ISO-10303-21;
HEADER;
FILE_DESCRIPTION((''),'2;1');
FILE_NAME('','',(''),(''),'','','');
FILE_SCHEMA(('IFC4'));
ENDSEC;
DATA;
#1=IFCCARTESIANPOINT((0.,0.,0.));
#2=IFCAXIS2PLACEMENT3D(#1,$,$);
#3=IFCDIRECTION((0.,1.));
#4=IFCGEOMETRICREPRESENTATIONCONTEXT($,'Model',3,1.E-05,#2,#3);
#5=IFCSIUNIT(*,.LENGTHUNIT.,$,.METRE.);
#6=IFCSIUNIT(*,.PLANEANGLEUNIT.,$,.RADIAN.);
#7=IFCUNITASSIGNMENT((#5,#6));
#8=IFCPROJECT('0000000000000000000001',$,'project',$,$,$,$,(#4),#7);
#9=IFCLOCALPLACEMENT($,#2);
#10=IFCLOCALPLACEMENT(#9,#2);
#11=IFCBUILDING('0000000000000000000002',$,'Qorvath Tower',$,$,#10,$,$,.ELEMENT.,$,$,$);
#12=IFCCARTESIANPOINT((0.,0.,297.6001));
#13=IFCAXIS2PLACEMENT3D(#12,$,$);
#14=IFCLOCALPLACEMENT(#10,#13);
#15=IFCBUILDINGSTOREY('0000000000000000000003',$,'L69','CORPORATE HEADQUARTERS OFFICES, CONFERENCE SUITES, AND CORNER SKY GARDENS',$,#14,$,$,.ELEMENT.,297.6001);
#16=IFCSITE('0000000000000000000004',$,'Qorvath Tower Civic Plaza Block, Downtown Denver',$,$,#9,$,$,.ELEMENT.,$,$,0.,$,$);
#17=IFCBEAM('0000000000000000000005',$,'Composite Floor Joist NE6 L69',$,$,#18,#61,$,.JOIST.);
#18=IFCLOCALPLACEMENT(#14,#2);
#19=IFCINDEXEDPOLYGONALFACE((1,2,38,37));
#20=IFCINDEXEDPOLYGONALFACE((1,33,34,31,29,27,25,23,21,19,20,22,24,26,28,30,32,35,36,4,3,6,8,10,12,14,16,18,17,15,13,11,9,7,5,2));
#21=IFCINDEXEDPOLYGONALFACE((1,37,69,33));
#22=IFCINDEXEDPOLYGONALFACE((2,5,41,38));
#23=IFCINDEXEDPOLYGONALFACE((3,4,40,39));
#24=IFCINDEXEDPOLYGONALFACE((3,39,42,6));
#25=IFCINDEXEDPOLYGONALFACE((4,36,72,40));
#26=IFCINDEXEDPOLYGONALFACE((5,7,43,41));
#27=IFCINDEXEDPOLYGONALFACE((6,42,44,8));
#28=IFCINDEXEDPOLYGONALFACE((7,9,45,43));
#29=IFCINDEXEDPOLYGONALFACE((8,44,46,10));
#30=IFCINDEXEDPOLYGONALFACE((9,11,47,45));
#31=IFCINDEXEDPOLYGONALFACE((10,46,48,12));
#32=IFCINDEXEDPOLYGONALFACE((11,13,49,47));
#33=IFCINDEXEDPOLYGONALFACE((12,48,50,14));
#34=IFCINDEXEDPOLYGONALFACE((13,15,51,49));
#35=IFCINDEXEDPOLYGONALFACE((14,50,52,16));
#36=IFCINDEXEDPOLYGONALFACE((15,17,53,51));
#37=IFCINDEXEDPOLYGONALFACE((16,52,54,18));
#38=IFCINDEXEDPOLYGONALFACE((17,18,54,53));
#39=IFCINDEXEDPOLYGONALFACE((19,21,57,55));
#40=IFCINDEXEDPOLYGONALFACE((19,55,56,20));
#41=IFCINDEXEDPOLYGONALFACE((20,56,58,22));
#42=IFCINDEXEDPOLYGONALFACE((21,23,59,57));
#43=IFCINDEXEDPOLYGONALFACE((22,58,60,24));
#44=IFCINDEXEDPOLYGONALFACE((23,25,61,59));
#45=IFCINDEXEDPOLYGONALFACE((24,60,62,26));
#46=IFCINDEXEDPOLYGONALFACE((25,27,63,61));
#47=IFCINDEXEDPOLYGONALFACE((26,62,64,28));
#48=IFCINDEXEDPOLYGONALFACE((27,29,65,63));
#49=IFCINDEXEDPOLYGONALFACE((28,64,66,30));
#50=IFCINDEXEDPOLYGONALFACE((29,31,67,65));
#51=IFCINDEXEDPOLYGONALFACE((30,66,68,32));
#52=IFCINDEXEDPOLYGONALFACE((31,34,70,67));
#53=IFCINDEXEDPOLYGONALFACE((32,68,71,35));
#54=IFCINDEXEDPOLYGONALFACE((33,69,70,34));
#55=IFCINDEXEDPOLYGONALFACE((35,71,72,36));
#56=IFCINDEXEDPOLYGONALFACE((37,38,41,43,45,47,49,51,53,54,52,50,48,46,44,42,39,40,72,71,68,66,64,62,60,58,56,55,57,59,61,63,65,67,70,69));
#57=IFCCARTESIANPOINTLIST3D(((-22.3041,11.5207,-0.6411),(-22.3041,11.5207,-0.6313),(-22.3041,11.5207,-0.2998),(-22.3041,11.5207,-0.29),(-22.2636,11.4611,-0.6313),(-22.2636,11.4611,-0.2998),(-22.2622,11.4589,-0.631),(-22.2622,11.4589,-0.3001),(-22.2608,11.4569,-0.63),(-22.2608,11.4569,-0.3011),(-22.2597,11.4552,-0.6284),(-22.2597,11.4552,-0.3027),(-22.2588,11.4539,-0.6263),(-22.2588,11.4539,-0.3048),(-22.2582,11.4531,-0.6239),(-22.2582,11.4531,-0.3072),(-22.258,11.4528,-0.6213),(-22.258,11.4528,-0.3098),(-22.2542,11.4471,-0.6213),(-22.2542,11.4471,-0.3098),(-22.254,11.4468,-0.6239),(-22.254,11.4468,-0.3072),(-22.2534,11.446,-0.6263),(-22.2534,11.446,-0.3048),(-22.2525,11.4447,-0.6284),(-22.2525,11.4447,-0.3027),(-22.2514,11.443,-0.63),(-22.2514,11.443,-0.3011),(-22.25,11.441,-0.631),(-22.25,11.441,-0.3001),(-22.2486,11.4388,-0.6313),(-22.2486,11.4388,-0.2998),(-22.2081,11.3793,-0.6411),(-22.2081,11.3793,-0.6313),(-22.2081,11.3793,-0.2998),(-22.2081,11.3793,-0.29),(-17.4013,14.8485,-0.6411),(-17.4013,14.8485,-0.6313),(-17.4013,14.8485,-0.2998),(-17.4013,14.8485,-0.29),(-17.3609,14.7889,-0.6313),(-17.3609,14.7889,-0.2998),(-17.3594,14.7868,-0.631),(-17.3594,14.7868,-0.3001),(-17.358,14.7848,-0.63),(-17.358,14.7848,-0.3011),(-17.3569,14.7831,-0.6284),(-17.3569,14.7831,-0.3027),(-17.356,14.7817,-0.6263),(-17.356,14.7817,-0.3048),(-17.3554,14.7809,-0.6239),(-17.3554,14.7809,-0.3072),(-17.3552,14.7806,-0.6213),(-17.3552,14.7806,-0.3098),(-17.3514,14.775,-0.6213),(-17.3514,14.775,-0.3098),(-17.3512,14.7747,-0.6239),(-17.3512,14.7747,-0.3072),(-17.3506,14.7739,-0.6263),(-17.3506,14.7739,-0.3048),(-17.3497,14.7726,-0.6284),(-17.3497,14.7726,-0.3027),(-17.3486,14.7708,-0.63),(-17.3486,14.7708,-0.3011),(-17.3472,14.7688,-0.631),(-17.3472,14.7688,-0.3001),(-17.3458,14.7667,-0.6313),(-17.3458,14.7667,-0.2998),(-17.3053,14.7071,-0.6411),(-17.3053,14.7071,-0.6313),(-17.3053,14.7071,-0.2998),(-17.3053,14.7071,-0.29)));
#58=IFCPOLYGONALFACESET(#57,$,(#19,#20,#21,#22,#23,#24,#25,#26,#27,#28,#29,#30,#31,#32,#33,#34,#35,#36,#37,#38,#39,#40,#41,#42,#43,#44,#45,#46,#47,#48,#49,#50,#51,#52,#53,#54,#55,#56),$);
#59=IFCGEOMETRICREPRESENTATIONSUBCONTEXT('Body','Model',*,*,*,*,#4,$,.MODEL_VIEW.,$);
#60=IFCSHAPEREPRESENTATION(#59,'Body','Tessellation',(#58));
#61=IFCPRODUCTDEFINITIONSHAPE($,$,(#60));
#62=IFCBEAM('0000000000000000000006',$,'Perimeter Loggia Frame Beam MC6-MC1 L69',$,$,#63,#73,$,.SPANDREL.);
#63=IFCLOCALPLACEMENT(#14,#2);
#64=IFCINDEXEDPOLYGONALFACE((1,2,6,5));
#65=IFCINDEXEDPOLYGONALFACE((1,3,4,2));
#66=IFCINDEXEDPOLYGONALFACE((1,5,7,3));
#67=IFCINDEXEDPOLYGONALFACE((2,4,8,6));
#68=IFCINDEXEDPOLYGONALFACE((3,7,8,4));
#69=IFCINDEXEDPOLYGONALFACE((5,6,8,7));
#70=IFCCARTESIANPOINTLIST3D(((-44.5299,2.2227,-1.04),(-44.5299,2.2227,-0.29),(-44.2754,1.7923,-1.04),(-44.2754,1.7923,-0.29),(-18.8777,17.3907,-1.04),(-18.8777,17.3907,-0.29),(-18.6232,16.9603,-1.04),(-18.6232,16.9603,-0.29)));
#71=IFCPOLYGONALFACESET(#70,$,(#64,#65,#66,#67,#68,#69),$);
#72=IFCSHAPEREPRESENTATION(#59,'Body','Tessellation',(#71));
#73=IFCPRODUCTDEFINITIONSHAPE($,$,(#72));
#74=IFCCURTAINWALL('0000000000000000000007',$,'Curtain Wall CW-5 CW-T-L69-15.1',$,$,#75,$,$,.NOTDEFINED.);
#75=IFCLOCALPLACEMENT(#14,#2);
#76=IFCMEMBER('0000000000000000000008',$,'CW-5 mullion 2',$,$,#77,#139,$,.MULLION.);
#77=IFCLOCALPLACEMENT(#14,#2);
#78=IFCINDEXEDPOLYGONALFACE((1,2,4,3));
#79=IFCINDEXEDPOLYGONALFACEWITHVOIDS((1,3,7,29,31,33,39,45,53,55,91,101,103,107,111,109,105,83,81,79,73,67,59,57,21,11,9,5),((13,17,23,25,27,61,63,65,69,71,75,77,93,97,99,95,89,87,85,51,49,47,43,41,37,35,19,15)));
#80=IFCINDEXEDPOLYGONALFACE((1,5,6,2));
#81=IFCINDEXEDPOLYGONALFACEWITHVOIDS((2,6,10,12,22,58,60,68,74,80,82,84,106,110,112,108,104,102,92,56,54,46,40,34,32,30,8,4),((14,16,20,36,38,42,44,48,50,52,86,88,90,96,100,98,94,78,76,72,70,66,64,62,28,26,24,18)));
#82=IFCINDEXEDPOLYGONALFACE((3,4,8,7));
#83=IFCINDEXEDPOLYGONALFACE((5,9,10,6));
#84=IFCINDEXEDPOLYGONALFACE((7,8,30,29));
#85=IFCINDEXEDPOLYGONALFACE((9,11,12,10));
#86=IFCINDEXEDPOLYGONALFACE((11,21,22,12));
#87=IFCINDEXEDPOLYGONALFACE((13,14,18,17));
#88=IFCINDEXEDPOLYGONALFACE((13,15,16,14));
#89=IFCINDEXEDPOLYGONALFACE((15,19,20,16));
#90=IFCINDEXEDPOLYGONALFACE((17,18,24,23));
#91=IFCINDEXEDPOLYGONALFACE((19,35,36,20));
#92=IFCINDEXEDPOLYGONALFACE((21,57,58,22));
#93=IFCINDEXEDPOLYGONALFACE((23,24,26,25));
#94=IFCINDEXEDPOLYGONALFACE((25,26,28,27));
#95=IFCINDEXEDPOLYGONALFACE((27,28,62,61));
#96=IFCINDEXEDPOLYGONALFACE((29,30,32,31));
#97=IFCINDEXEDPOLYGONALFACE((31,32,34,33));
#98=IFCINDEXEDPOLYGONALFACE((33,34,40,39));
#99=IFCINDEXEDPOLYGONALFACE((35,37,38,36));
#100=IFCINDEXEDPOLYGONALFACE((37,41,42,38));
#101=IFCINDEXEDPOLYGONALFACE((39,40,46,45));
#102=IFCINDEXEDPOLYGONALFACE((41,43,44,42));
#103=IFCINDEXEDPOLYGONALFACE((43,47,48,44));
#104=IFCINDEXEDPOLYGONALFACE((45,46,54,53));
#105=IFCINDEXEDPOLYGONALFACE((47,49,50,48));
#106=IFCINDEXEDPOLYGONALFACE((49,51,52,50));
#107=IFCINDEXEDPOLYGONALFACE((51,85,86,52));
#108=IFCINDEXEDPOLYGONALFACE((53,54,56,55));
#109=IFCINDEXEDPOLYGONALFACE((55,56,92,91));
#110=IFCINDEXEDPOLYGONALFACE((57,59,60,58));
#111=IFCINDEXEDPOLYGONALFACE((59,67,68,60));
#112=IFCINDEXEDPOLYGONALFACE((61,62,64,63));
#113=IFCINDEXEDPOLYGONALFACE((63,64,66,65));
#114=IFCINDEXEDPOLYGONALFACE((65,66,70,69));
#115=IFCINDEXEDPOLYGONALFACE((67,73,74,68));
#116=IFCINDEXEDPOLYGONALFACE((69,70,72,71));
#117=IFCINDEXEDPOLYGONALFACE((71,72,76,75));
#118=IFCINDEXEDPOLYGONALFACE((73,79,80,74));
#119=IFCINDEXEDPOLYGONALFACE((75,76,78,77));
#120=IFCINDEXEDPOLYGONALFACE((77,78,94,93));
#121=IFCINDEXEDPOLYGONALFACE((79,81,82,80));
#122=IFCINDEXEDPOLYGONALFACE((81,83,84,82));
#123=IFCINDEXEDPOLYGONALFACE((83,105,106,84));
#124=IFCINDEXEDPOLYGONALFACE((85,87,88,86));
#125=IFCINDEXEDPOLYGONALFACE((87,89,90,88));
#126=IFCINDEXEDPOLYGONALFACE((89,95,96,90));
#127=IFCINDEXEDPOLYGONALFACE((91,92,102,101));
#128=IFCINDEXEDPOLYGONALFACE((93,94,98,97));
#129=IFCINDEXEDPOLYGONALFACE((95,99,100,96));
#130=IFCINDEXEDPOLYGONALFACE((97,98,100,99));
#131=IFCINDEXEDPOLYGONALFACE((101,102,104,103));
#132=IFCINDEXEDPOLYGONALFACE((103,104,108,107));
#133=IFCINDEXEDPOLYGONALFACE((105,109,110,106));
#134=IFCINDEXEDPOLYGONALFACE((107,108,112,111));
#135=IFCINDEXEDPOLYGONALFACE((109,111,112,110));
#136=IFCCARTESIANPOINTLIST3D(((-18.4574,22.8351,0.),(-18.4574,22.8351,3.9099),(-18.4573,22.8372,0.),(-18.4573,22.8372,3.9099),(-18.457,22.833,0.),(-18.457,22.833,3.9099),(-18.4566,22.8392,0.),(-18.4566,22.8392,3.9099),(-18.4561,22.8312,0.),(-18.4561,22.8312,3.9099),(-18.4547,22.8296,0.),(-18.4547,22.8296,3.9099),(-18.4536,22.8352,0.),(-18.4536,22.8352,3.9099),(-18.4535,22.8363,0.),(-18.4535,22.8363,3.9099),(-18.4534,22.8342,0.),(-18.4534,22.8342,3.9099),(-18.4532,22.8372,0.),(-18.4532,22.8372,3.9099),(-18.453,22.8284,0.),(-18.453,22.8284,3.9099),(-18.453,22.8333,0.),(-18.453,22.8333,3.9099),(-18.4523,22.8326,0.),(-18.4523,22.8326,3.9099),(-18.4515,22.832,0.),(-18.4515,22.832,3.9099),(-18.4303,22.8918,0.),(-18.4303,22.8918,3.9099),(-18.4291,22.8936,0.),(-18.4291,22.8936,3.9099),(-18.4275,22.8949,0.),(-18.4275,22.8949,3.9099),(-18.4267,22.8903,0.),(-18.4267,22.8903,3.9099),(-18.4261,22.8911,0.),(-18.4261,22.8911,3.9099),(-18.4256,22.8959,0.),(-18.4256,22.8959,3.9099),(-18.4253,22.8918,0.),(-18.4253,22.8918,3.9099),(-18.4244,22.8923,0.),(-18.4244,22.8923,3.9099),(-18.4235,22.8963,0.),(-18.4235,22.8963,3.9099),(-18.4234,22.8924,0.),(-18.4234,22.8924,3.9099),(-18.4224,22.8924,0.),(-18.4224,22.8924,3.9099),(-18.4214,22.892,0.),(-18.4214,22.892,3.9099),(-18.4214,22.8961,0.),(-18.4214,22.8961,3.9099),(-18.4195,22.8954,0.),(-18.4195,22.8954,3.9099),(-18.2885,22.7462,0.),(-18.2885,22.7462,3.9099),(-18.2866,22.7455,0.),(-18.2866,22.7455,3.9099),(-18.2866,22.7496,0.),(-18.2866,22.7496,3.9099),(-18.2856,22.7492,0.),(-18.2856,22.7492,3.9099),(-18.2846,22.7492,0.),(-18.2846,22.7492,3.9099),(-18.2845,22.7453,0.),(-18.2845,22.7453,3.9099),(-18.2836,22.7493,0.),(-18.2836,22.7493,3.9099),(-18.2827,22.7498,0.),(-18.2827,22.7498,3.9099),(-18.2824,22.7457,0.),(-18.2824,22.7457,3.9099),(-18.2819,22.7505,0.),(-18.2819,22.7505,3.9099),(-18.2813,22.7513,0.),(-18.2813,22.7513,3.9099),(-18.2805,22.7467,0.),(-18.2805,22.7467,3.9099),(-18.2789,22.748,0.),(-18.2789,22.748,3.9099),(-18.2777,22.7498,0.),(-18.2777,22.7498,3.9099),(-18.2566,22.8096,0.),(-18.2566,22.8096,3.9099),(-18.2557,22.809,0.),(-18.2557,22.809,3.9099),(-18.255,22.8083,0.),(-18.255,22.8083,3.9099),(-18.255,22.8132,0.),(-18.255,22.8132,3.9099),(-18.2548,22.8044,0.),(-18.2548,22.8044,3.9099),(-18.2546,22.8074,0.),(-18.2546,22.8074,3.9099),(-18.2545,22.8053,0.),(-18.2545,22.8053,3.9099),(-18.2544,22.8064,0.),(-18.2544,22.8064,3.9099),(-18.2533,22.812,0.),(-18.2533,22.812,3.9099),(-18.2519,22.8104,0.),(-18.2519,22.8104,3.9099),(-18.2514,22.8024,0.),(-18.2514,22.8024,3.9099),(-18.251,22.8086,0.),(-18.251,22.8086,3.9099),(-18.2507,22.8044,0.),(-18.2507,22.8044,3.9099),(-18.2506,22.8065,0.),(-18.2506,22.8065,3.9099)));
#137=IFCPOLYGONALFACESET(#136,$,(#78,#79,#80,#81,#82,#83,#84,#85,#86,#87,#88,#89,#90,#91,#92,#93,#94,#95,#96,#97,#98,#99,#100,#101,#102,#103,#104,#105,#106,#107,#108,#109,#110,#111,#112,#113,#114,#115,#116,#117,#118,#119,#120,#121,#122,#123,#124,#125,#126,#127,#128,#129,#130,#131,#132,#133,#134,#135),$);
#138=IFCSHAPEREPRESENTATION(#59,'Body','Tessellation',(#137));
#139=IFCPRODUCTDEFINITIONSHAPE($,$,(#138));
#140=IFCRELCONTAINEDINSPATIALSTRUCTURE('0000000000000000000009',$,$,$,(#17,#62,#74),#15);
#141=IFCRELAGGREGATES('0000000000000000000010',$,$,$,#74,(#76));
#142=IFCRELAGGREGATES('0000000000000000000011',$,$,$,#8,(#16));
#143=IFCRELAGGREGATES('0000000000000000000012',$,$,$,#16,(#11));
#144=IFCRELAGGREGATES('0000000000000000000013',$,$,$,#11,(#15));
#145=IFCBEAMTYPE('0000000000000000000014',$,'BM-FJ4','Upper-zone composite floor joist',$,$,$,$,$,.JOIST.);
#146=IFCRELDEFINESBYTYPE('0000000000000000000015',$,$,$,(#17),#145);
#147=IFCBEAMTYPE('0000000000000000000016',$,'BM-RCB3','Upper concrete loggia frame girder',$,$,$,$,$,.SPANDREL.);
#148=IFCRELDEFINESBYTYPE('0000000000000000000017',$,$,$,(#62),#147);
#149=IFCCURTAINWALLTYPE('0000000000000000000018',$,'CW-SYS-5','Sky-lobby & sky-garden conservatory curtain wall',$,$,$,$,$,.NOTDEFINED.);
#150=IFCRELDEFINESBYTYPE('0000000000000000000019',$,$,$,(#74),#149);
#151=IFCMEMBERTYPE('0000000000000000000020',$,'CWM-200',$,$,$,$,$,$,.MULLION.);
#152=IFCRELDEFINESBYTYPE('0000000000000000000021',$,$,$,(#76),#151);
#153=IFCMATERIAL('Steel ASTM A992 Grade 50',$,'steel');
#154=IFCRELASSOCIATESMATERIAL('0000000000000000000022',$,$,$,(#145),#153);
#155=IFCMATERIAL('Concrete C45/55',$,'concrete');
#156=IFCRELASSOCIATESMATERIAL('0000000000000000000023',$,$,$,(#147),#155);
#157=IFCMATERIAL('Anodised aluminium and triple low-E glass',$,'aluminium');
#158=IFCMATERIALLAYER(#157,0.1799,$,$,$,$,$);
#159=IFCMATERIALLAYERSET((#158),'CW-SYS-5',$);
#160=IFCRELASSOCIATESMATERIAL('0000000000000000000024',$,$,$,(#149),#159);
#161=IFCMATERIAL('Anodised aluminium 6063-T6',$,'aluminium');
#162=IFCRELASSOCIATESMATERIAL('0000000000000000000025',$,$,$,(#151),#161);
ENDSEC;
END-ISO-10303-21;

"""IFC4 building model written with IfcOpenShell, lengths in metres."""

from ifc_helpers import new_model, si_unit, direction, frame, origin, origin_2d, place, context, subcontext, project, spatial, rectangle, hollow_rectangle, i_section, extrude, material, layer, layer_set, material_profile, profile_set, type_object, element, aggregate, save


model = new_model("IFC4")

# Units and contexts
model_context = context("Model", 3, precision=1e-05, world=origin(), true_north=direction((0.0, 1.0)))
body_context = subcontext(model_context, "Body", "Model", "MODEL_VIEW")
ifc_project = project(units=[si_unit("LENGTHUNIT", "METRE"), si_unit("PLANEANGLEUNIT", "RADIAN")], contexts=[model_context])

# Site, building, storey
site_placement = place(None, origin())
site = spatial("IfcSite", under=ifc_project, at=site_placement, Name="Qorvath Tower Civic Plaza Block, Downtown Denver", CompositionType="ELEMENT", RefElevation=0.0)
building_placement = place(site_placement, origin())
building = spatial("IfcBuilding", under=site, at=building_placement, Name="Qorvath Tower", CompositionType="ELEMENT")
storey_placement = place(building_placement, frame((0.0, 0.0, 297.6001)))
storey = spatial("IfcBuildingStorey", under=building, at=storey_placement, Name="L69", Description="CORPORATE HEADQUARTERS OFFICES, CONFERENCE SUITES, AND CORNER SKY GARDENS", CompositionType="ELEMENT", Elevation=297.6001)

# Beams
ifc_material_1 = material(Name="Steel ASTM A992 Grade 50", Category="steel")
ifc_material_profile_1 = material_profile(ifc_material_1, i_section(OverallWidth=0.1709, OverallDepth=0.3511, WebThickness=0.0068, FlangeThickness=0.0098, FilletRadius=0.01, at=origin_2d()), Name="W14x30")
ifc_profile_set_1 = profile_set([ifc_material_profile_1], Name="Steel ASTM A992 Grade 50")
beam_type_1 = type_object("IfcBeamType", Name="BM-FJ4", Description="Upper-zone composite floor joist", PredefinedType="JOIST", material=ifc_profile_set_1)
beam_1_placement = place(storey_placement, frame((-22.2561, 11.45, -0.4656), z_axis=(0.827401, 0.561612, 0.0), x_axis=(-0.561612, 0.827401, 0.0)))
element("IfcBeam", 1, at=beam_1_placement, inside=storey, type_object=beam_type_1, Name="Composite Floor Joist NE6 L69", PredefinedType="JOIST", context=body_context, shape_type="SweptSolid", body=[
    extrude(i_section(OverallWidth=0.1709, OverallDepth=0.3511, WebThickness=0.0068, FlangeThickness=0.0098, FilletRadius=0.01, at=origin_2d()), origin(), (0.0, 0.0, 1.0), 5.9255),
])
ifc_material_2 = material(Name="Concrete C45/55", Category="concrete")
ifc_material_profile_2 = material_profile(ifc_material_2, rectangle(XDim=0.5, YDim=0.75, at=origin_2d()), Name="RCB 750x500")
ifc_profile_set_2 = profile_set([ifc_material_profile_2], Name="Concrete C45/55")
beam_type_2 = type_object("IfcBeamType", Name="BM-RCB3", Description="Upper concrete loggia frame girder", PredefinedType="SPANDREL", material=ifc_profile_set_2)
beam_2_placement = place(storey_placement, frame((-18.7505, 17.1755, -0.665), z_axis=(-0.860781, -0.508976, 0.0), x_axis=(0.508976, -0.860781, 0.0)))
element("IfcBeam", 2, at=beam_2_placement, inside=storey, type_object=beam_type_2, Name="Perimeter Loggia Frame Beam MC6-MC1 L69", PredefinedType="SPANDREL", context=body_context, shape_type="SweptSolid", body=[
    extrude(rectangle(XDim=0.5, YDim=0.75, at=origin_2d()), origin(), (0.0, 0.0, 1.0), 29.801),
])

# Curtain wall, member
ifc_material_3 = material(Name="Anodised aluminium and triple low-E glass", Category="aluminium")
ifc_layer_1 = layer(ifc_material_3, 0.1799)
ifc_layer_set_1 = layer_set([ifc_layer_1], Name="CW-SYS-5")
curtain_wall_type = type_object("IfcCurtainWallType", Name="CW-SYS-5", Description="Sky-lobby & sky-garden conservatory curtain wall", PredefinedType="NOTDEFINED", material=ifc_layer_set_1)
curtain_wall_1_placement = place(storey_placement, origin())
curtain_wall_1 = element("IfcCurtainWall", 3, at=curtain_wall_1_placement, inside=storey, type_object=curtain_wall_type, Name="Curtain Wall CW-5 CW-T-L69-15.1", PredefinedType="NOTDEFINED")
ifc_material_4 = material(Name="Anodised aluminium 6063-T6", Category="aluminium")
ifc_material_profile_3 = material_profile(ifc_material_4, hollow_rectangle(XDim=0.075, YDim=0.2, WallThickness=0.0039, InnerFilletRadius=0.0039, OuterFilletRadius=0.0081, at=origin_2d()), Name="CWM 200x75")
ifc_profile_set_3 = profile_set([ifc_material_profile_3], Name="Anodised aluminium 6063-T6")
member_type_1 = type_object("IfcMemberType", Name="CWM-200", PredefinedType="MULLION", material=ifc_profile_set_3)
member_1_placement = place(storey_placement, frame((-18.354, 22.8208, 0.0), z_axis=(0.0, 0.0, 1.0), x_axis=(-0.447181, -0.894444, 0.0)))
member_1 = element("IfcMember", 4, at=member_1_placement, type_object=member_type_1, Name="CW-5 mullion 2", PredefinedType="MULLION", context=body_context, shape_type="SweptSolid", body=[
    extrude(hollow_rectangle(XDim=0.075, YDim=0.2, WallThickness=0.0039, InnerFilletRadius=0.0039, OuterFilletRadius=0.0081, at=origin_2d()), origin(), (0.0, 0.0, 1.0), 3.9099),
])

aggregate(curtain_wall_1, [member_1])

save(model, "model.ifc")
